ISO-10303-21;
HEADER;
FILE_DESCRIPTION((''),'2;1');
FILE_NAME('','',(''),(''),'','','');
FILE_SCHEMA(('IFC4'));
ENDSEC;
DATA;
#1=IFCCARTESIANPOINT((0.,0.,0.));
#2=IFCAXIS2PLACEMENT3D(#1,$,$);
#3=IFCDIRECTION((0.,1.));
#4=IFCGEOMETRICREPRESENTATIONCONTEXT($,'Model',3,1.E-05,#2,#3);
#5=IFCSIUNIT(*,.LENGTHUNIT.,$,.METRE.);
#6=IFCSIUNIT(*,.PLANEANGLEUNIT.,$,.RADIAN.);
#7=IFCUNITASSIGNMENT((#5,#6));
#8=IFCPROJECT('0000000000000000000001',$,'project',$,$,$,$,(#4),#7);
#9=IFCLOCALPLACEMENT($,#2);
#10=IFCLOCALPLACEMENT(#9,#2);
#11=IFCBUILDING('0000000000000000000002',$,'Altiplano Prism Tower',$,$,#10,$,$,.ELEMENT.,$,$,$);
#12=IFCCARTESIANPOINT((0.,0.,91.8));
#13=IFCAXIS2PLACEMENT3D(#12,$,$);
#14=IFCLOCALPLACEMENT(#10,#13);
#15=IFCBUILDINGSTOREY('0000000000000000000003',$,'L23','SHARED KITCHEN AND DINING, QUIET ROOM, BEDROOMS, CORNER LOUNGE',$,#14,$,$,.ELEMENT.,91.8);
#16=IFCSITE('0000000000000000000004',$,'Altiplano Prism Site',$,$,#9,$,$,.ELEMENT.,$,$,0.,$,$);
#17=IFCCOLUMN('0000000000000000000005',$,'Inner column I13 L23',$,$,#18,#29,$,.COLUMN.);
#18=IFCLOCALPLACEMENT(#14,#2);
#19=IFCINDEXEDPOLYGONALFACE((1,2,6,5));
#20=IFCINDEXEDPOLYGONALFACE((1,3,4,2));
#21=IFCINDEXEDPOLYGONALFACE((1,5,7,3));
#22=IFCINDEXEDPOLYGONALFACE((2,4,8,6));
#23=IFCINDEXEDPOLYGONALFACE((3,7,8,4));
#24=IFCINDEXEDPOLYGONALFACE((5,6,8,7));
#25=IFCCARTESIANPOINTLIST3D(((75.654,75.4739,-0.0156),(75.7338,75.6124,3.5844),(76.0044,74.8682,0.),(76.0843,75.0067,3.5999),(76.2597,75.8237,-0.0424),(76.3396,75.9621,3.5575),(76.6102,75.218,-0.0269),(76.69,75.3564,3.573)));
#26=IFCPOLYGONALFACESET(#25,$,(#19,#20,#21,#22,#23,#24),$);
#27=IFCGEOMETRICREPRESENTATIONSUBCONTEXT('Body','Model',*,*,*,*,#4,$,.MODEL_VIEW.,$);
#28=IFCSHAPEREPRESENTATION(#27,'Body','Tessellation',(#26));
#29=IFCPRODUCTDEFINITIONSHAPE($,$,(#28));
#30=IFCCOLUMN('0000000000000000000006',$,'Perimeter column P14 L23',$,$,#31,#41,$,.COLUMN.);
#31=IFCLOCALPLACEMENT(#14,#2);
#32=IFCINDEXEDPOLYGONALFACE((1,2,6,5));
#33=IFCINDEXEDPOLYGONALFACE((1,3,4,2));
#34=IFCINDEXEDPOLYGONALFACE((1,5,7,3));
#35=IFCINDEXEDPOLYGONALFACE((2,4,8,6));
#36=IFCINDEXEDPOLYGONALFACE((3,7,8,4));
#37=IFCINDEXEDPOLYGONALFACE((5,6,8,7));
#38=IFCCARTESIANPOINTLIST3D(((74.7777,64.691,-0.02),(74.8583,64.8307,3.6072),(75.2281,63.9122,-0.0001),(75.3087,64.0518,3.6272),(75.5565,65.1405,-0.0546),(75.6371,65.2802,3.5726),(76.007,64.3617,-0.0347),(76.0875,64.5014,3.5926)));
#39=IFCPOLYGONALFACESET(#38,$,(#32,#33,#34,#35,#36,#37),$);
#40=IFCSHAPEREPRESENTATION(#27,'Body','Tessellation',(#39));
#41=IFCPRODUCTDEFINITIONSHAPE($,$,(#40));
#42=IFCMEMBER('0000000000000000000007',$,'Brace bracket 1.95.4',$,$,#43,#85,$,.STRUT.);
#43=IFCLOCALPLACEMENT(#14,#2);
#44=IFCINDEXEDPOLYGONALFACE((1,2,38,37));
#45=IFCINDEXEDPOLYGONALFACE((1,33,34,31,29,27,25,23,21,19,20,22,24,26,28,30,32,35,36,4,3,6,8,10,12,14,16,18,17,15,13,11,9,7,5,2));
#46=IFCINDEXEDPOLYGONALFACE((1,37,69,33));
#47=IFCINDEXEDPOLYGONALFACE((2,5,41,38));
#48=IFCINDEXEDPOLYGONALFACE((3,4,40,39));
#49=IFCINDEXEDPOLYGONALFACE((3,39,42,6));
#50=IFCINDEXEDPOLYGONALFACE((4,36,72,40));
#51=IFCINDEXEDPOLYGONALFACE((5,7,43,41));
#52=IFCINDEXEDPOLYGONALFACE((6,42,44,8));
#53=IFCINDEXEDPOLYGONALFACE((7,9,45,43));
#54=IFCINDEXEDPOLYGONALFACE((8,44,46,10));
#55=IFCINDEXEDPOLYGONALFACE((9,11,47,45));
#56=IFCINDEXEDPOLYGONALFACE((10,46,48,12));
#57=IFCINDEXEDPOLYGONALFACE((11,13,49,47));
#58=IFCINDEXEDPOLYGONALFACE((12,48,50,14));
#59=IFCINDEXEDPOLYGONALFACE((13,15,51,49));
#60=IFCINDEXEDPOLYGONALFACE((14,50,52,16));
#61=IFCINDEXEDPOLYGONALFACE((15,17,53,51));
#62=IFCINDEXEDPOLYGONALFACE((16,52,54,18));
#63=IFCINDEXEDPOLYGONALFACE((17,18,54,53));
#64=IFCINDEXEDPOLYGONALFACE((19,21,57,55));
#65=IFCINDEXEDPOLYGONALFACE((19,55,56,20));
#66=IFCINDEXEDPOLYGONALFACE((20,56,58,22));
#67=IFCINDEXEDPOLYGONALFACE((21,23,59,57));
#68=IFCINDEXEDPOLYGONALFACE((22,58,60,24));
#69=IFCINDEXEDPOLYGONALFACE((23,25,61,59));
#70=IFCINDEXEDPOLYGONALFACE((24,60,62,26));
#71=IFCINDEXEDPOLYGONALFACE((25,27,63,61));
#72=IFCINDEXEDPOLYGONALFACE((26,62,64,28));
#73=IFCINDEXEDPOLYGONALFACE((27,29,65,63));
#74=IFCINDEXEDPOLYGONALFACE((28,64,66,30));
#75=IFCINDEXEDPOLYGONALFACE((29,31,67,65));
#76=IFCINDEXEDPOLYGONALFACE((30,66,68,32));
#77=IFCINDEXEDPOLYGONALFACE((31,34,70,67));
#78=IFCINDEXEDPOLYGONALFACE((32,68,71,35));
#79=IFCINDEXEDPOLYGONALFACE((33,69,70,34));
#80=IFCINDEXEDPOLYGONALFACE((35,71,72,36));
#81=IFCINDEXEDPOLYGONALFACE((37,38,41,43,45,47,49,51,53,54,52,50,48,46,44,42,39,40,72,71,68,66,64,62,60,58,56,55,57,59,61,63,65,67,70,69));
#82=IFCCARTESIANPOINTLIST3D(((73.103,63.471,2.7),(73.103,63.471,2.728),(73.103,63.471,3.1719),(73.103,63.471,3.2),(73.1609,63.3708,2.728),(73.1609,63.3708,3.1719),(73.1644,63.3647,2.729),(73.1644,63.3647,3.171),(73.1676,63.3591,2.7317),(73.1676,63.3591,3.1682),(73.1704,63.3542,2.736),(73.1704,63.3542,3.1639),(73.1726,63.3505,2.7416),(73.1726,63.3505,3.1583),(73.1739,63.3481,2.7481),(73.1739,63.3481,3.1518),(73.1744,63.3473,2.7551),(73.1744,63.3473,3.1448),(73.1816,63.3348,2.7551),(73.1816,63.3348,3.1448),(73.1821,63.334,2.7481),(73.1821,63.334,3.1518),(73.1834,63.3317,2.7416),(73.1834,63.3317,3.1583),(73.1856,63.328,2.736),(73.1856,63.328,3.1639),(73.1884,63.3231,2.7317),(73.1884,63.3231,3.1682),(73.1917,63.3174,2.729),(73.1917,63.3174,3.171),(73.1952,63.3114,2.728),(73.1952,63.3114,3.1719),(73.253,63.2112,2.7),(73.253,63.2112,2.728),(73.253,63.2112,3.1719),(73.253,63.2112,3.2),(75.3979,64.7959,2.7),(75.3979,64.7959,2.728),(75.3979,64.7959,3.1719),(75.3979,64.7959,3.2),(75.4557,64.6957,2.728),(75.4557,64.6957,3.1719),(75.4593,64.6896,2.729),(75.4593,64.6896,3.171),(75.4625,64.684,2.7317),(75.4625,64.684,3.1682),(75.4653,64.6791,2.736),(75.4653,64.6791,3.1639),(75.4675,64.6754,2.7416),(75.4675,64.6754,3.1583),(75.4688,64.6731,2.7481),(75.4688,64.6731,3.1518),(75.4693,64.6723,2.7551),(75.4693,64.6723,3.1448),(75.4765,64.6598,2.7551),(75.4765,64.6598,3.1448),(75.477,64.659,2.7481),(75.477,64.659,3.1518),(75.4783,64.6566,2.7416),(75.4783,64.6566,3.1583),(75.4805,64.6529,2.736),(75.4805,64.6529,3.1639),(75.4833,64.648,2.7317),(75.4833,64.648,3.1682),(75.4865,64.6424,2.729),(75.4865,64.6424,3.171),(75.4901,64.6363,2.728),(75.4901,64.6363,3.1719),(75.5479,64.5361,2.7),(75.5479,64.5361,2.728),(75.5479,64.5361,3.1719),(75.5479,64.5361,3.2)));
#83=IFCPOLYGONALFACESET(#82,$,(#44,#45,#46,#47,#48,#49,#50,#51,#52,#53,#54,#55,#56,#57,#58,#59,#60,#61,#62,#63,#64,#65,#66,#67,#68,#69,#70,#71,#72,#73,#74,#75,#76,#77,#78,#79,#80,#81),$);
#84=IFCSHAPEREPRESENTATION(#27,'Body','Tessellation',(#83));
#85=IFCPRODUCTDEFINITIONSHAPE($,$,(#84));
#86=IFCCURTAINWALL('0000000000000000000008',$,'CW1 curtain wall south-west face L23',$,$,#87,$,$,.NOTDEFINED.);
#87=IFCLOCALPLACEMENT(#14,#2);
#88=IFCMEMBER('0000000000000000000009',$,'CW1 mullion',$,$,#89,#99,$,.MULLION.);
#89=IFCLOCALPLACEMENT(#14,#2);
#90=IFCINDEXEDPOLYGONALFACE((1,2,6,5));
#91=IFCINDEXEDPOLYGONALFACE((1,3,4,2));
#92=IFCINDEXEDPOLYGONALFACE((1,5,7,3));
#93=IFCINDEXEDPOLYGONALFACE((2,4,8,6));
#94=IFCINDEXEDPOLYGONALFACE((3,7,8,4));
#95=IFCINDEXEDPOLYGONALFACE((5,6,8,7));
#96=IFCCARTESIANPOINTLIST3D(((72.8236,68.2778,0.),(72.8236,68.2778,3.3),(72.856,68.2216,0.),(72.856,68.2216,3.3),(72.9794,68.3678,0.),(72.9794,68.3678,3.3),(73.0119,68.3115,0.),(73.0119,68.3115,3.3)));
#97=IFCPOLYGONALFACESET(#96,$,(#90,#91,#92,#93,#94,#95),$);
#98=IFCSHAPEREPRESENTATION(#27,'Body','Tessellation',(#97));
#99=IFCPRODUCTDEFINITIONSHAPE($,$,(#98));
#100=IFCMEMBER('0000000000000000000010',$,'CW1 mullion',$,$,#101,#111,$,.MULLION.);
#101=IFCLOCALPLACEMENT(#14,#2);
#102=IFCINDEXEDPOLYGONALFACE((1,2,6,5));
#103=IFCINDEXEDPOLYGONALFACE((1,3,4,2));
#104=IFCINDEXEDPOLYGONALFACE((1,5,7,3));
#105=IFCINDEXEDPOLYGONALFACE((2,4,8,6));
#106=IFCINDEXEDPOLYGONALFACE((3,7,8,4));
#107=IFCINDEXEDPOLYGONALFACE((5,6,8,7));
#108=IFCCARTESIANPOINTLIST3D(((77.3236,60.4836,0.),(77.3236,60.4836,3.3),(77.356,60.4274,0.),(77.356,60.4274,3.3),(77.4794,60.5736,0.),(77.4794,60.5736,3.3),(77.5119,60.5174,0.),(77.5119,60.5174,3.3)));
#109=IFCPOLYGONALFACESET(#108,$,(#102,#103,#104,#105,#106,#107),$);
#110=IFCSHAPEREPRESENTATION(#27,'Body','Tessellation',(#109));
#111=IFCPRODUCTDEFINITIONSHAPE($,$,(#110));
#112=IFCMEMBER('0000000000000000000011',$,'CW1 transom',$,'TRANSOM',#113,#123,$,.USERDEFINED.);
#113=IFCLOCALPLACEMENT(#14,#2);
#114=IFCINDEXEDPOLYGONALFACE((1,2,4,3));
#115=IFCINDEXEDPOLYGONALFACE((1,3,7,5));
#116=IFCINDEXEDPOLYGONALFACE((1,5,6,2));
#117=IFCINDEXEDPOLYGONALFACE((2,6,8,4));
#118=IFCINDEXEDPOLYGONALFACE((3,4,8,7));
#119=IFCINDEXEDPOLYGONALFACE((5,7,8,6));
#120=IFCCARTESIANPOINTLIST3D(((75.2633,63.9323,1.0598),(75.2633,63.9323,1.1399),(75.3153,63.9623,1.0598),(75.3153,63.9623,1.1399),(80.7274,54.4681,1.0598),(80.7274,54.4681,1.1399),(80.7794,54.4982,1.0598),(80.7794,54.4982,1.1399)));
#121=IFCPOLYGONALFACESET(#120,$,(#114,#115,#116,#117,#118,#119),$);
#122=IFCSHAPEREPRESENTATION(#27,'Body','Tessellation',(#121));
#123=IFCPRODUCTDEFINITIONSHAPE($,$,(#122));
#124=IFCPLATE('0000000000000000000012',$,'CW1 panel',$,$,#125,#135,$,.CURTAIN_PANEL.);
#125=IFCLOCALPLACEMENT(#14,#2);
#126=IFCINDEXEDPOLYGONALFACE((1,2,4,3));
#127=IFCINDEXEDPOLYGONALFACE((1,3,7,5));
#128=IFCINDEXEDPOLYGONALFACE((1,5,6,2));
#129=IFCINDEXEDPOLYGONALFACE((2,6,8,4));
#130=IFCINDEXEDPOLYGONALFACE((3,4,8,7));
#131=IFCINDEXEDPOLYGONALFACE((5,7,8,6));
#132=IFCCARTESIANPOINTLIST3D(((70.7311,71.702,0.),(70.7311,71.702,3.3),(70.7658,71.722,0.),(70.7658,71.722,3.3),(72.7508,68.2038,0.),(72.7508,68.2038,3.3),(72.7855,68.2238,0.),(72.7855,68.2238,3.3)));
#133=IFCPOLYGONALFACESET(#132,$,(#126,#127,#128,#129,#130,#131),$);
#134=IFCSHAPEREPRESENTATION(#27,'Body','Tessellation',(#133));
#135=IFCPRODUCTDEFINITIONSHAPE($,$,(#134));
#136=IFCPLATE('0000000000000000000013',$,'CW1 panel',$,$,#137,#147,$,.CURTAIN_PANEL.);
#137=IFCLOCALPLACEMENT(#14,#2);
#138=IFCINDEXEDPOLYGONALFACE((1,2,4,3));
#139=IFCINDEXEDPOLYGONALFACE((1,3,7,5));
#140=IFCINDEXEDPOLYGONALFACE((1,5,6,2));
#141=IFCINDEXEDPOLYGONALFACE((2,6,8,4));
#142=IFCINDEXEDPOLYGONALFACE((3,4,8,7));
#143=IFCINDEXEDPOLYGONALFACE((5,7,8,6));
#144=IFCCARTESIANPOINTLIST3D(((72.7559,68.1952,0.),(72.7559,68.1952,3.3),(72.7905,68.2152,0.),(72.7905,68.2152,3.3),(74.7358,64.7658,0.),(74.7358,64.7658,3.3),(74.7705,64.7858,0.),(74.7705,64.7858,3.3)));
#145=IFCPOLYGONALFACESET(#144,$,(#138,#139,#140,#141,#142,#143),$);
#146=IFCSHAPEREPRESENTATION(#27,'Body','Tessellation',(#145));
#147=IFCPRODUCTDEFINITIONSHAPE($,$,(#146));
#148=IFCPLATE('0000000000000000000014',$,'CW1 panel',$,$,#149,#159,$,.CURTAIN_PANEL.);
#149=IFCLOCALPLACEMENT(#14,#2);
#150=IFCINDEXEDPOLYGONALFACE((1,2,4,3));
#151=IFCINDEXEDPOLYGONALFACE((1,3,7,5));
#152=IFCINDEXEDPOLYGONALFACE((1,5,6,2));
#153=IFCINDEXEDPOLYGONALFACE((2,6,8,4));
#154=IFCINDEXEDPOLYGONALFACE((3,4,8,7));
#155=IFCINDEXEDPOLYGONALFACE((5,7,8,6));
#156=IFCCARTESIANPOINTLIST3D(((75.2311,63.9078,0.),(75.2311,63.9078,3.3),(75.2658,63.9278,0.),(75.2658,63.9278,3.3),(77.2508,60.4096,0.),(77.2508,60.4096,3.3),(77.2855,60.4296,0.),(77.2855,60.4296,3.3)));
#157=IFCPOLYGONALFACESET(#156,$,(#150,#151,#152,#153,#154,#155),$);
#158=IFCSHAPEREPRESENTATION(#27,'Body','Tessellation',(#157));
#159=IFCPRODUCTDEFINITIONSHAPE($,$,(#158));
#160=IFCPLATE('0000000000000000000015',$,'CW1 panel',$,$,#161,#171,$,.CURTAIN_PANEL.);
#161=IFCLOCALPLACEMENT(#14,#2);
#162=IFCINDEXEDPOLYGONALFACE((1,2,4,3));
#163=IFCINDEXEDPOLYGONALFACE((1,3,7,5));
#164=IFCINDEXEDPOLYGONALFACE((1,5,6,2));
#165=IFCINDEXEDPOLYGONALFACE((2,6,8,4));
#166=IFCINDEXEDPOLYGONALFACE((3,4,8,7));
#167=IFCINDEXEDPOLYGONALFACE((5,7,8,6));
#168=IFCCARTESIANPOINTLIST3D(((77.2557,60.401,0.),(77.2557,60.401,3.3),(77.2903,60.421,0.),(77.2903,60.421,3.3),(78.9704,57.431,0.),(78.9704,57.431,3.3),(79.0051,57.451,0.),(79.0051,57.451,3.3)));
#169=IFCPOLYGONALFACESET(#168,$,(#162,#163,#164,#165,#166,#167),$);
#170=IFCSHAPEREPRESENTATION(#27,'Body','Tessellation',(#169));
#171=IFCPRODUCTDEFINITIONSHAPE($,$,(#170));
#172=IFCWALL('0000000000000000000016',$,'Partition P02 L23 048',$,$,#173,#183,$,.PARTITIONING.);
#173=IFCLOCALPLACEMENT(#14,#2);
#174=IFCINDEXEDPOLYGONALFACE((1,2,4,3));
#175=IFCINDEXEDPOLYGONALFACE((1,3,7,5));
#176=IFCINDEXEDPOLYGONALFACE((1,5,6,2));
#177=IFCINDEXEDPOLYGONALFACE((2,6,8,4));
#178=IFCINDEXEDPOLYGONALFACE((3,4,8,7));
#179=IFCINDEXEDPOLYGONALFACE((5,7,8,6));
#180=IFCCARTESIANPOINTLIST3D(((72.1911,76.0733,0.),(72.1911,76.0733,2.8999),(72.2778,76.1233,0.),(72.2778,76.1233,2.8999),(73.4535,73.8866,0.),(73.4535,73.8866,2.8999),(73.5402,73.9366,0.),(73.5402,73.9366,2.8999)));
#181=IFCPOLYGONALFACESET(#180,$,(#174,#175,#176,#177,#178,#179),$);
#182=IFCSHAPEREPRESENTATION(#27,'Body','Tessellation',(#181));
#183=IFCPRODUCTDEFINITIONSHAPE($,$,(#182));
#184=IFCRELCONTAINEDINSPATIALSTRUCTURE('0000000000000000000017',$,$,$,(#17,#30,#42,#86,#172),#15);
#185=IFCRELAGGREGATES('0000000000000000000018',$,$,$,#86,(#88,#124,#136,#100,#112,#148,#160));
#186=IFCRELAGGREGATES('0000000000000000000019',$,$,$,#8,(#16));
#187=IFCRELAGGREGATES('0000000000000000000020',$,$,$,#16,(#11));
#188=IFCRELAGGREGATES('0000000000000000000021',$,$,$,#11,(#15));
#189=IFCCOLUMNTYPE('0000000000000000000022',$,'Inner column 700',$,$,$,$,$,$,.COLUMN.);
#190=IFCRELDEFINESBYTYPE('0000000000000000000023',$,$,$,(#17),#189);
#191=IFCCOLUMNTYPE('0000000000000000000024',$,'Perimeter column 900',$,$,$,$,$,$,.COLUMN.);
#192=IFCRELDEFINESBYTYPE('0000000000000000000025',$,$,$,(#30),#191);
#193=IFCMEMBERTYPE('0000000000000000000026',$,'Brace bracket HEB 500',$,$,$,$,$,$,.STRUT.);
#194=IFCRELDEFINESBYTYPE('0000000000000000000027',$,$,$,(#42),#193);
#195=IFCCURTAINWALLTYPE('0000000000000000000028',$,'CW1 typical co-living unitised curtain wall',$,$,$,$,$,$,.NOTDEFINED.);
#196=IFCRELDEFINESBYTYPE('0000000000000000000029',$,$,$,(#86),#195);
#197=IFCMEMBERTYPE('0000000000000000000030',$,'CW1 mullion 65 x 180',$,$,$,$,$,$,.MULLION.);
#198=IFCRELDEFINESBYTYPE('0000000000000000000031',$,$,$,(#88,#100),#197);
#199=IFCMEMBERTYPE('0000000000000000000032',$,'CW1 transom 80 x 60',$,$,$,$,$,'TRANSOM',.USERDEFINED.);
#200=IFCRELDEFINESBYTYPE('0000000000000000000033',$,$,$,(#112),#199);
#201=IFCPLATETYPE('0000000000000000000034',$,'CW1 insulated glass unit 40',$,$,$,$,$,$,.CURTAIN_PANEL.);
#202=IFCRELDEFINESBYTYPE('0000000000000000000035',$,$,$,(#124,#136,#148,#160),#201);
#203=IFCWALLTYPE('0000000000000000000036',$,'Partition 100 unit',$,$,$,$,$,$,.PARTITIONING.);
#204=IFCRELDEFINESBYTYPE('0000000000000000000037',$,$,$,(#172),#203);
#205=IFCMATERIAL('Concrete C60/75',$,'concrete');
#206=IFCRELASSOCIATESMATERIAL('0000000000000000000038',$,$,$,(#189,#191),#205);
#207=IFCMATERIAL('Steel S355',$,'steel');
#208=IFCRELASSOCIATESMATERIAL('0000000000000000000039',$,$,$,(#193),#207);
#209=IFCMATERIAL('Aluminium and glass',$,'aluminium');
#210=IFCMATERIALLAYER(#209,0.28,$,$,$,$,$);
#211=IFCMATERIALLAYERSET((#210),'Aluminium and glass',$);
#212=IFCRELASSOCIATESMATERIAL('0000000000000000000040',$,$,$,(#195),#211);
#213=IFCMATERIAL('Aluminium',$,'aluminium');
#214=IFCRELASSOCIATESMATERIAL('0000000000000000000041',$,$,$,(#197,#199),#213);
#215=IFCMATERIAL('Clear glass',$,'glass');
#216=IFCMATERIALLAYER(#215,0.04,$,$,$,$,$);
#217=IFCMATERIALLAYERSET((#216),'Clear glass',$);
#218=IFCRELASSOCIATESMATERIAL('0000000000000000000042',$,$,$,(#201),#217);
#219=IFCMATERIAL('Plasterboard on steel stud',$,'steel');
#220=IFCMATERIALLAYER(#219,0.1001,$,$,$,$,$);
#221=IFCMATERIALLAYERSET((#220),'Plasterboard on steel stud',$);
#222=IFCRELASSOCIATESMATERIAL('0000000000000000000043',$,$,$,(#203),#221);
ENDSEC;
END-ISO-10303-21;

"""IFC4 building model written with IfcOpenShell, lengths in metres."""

from ifc_helpers import new_model, si_unit, direction, frame, frame_2d, origin, origin_2d, place, context, subcontext, project, spatial, rectangle, i_section, extrude, material, layer, layer_set, material_profile, profile_set, type_object, element, aggregate, save


model = new_model("IFC4")

# Units and contexts
model_context = context("Model", 3, precision=1e-05, world=origin(), true_north=direction((0.0, 1.0)))
body_context = subcontext(model_context, "Body", "Model", "MODEL_VIEW")
ifc_project = project(units=[si_unit("LENGTHUNIT", "METRE"), si_unit("PLANEANGLEUNIT", "RADIAN")], contexts=[model_context])

# Site, building, storey
site_placement = place(None, origin())
site = spatial("IfcSite", under=ifc_project, at=site_placement, Name="Altiplano Prism Site", CompositionType="ELEMENT", RefElevation=0.0)
building_placement = place(site_placement, origin())
building = spatial("IfcBuilding", under=site, at=building_placement, Name="Altiplano Prism Tower", CompositionType="ELEMENT")
storey_placement = place(building_placement, frame((0.0, 0.0, 91.8)))
storey = spatial("IfcBuildingStorey", under=building, at=storey_placement, Name="L23", Description="SHARED KITCHEN AND DINING, QUIET ROOM, BEDROOMS, CORNER LOUNGE", CompositionType="ELEMENT", Elevation=91.8)

# Columns
ifc_material_1 = material(Name="Concrete C60/75", Category="concrete")
ifc_material_profile_1 = material_profile(ifc_material_1, rectangle(XDim=0.7, YDim=0.7, at=origin_2d()), Name="Inner column 700")
ifc_profile_set_1 = profile_set([ifc_material_profile_1], Name="Concrete C60/75")
column_type_1 = type_object("IfcColumnType", Name="Inner column 700", PredefinedType="COLUMN", material=ifc_profile_set_1)
column_1_placement = place(storey_placement, frame((76.1321, 75.3459, -0.0212), z_axis=(0.022155, 0.038416, 0.999016), x_axis=(-0.865363, -0.499671, 0.038405)))
element("IfcColumn", 1, at=column_1_placement, inside=storey, type_object=column_type_1, Name="Inner column I13 L23", PredefinedType="COLUMN", context=body_context, shape_type="SweptSolid", body=[
    extrude(rectangle(XDim=0.7, YDim=0.7, at=origin_2d()), origin(), (0.0, 0.0, 1.0), 3.6035),
])
ifc_material_profile_2 = material_profile(ifc_material_1, rectangle(XDim=0.8999, YDim=0.8999, at=origin_2d()), Name="Perimeter column 900")
ifc_profile_set_2 = profile_set([ifc_material_profile_2], Name="Concrete C60/75")
column_type_2 = type_object("IfcColumnType", Name="Perimeter column 900", PredefinedType="COLUMN", material=ifc_profile_set_2)
column_2_placement = place(storey_placement, frame((75.3923, 64.5264, -0.0273), z_axis=(0.02219, 0.038462, 0.999014), x_axis=(-0.865437, -0.49954, 0.038455)))
element("IfcColumn", 2, at=column_2_placement, inside=storey, type_object=column_type_2, Name="Perimeter column P14 L23", PredefinedType="COLUMN", context=body_context, shape_type="SweptSolid", body=[
    extrude(rectangle(XDim=0.8999, YDim=0.8999, at=origin_2d()), origin(), (0.0, 0.0, 1.0), 3.6309),
])

# Member
ifc_material_2 = material(Name="Steel S355", Category="steel")
ifc_material_profile_3 = material_profile(ifc_material_2, i_section(OverallWidth=0.3, OverallDepth=0.5, WebThickness=0.0144, FlangeThickness=0.0281, FilletRadius=0.0271, at=origin_2d()), Name="Brace bracket HEB 500")
ifc_profile_set_3 = profile_set([ifc_material_profile_3], Name="Steel S355")
member_type_1 = type_object("IfcMemberType", Name="Brace bracket HEB 500", PredefinedType="STRUT", material=ifc_profile_set_3)
member_1_placement = place(storey_placement, frame((75.4729, 64.666, 2.95), z_axis=(-0.866029, -0.499994, 0.0), x_axis=(0.499994, -0.866029, 0.0)))
element("IfcMember", 3, at=member_1_placement, inside=storey, type_object=member_type_1, Name="Brace bracket 1.95.4", PredefinedType="STRUT", context=body_context, shape_type="SweptSolid", body=[
    extrude(i_section(OverallWidth=0.3, OverallDepth=0.5, WebThickness=0.0144, FlangeThickness=0.0281, FilletRadius=0.0271, at=origin_2d()), origin(), (0.0, 0.0, 1.0), 2.6499),
])

# Curtain wall, members, plates
ifc_material_3 = material(Name="Aluminium and glass", Category="aluminium")
ifc_layer_1 = layer(ifc_material_3, 0.28)
ifc_layer_set_1 = layer_set([ifc_layer_1], Name="Aluminium and glass")
curtain_wall_type = type_object("IfcCurtainWallType", Name="CW1 typical co-living unitised curtain wall", PredefinedType="NOTDEFINED", material=ifc_layer_set_1)
curtain_wall_placement = place(storey_placement, origin())
curtain_wall = element("IfcCurtainWall", 4, at=curtain_wall_placement, inside=storey, type_object=curtain_wall_type, Name="CW1 curtain wall south-west face L23", PredefinedType="NOTDEFINED")
ifc_material_4 = material(Name="Aluminium", Category="aluminium")
ifc_material_profile_4 = material_profile(ifc_material_4, rectangle(XDim=0.1799, YDim=0.0649, at=origin_2d()), Name="CW1 mullion 65 x 180")
ifc_profile_set_4 = profile_set([ifc_material_profile_4], Name="Aluminium")
member_type_2 = type_object("IfcMemberType", Name="CW1 mullion 65 x 180", PredefinedType="MULLION", material=ifc_profile_set_4)
member_2_placement = place(storey_placement, frame((72.9177, 68.2947, 0.0), z_axis=(0.0, 0.0, 1.0), x_axis=(0.866025, 0.5, 0.0)))
member_2 = element("IfcMember", 5, at=member_2_placement, type_object=member_type_2, Name="CW1 mullion", PredefinedType="MULLION", context=body_context, shape_type="SweptSolid", body=[
    extrude(rectangle(XDim=0.1799, YDim=0.0649, at=origin_2d()), origin(), (0.0, 0.0, 1.0), 3.3),
])
member_3_placement = place(storey_placement, frame((77.4177, 60.5005, 0.0), z_axis=(0.0, 0.0, 1.0), x_axis=(0.866025, 0.5, 0.0)))
member_3 = element("IfcMember", 6, at=member_3_placement, type_object=member_type_2, Name="CW1 mullion", PredefinedType="MULLION", context=body_context, shape_type="SweptSolid", body=[
    extrude(rectangle(XDim=0.1799, YDim=0.0649, at=origin_2d()), origin(), (0.0, 0.0, 1.0), 3.3),
])
ifc_material_profile_5 = material_profile(ifc_material_4, rectangle(XDim=0.0601, YDim=0.0801, at=origin_2d()), Name="CW1 transom 80 x 60")
ifc_profile_set_5 = profile_set([ifc_material_profile_5], Name="Aluminium")
member_type_3 = type_object("IfcMemberType", Name="CW1 transom 80 x 60", ElementType="TRANSOM", PredefinedType="USERDEFINED", material=ifc_profile_set_5)
member_4_placement = place(storey_placement, frame((75.2893, 63.9473, 1.0999), z_axis=(0.5, -0.866025, 0.0), x_axis=(0.866025, 0.5, 0.0)))
member_4 = element("IfcMember", 7, at=member_4_placement, type_object=member_type_3, Name="CW1 transom", ObjectType="TRANSOM", PredefinedType="USERDEFINED", context=body_context, shape_type="SweptSolid", body=[
    extrude(rectangle(XDim=0.0601, YDim=0.0801, at=origin_2d()), origin(), (0.0, 0.0, 1.0), 10.9282),
])
ifc_material_5 = material(Name="Clear glass", Category="glass")
ifc_layer_2 = layer(ifc_material_5, 0.04)
ifc_layer_set_2 = layer_set([ifc_layer_2], Name="Clear glass")
plate_type = type_object("IfcPlateType", Name="CW1 insulated glass unit 40", PredefinedType="CURTAIN_PANEL", material=ifc_layer_set_2)
plate_1_placement = place(storey_placement, frame((71.7583, 69.9629, 0.0), z_axis=(0.0, 0.0, 1.0), x_axis=(0.5, -0.866025, 0.0)))
plate_1 = element("IfcPlate", 8, at=plate_1_placement, type_object=plate_type, Name="CW1 panel", PredefinedType="CURTAIN_PANEL", context=body_context, shape_type="SweptSolid", body=[
    extrude(rectangle(XDim=4.0393, YDim=0.04, at=origin_2d()), origin(), (0.0, 0.0, 1.0), 3.3),
])
plate_2_placement = place(storey_placement, frame((73.7632, 66.4905, 0.0), z_axis=(0.0, 0.0, 1.0), x_axis=(0.5, -0.866025, 0.0)))
plate_2 = element("IfcPlate", 9, at=plate_2_placement, type_object=plate_type, Name="CW1 panel", PredefinedType="CURTAIN_PANEL", context=body_context, shape_type="SweptSolid", body=[
    extrude(rectangle(XDim=3.96, YDim=0.04, at=origin_2d()), origin(), (0.0, 0.0, 1.0), 3.3),
])
plate_3_placement = place(storey_placement, frame((76.2583, 62.1687, 0.0), z_axis=(0.0, 0.0, 1.0), x_axis=(0.5, -0.866025, 0.0)))
plate_3 = element("IfcPlate", 10, at=plate_3_placement, type_object=plate_type, Name="CW1 panel", PredefinedType="CURTAIN_PANEL", context=body_context, shape_type="SweptSolid", body=[
    extrude(rectangle(XDim=4.0393, YDim=0.04, at=origin_2d()), origin(), (0.0, 0.0, 1.0), 3.3),
])
plate_4_placement = place(storey_placement, frame((78.1304, 58.926, 0.0), z_axis=(0.0, 0.0, 1.0), x_axis=(0.5, -0.866025, 0.0)))
plate_4 = element("IfcPlate", 11, at=plate_4_placement, type_object=plate_type, Name="CW1 panel", PredefinedType="CURTAIN_PANEL", context=body_context, shape_type="SweptSolid", body=[
    extrude(rectangle(XDim=3.4294, YDim=0.04, at=origin_2d()), origin(), (0.0, 0.0, 1.0), 3.3),
])
aggregate(curtain_wall, [member_2, plate_1, plate_2, member_3, member_4, plate_3, plate_4])

# Wall
ifc_material_6 = material(Name="Plasterboard on steel stud", Category="steel")
ifc_layer_3 = layer(ifc_material_6, 0.1001)
ifc_layer_set_3 = layer_set([ifc_layer_3], Name="Plasterboard on steel stud")
wall_type_1 = type_object("IfcWallType", Name="Partition 100 unit", PredefinedType="PARTITIONING", material=ifc_layer_set_3)
wall_1_placement = place(storey_placement, frame((73.4968, 73.9116, 0.0), z_axis=(0.0, 0.0, 1.0), x_axis=(-0.499976, 0.866039, 0.0)))
element("IfcWall", 12, at=wall_1_placement, inside=storey, type_object=wall_type_1, Name="Partition P02 L23 048", PredefinedType="PARTITIONING", context=body_context, shape_type="SweptSolid", body=[
    extrude(rectangle(XDim=2.5249, YDim=0.1001, at=frame_2d((1.2625, 0.0))), origin(), (0.0, 0.0, 1.0), 2.8999),
])

save(model, "model.ifc")
